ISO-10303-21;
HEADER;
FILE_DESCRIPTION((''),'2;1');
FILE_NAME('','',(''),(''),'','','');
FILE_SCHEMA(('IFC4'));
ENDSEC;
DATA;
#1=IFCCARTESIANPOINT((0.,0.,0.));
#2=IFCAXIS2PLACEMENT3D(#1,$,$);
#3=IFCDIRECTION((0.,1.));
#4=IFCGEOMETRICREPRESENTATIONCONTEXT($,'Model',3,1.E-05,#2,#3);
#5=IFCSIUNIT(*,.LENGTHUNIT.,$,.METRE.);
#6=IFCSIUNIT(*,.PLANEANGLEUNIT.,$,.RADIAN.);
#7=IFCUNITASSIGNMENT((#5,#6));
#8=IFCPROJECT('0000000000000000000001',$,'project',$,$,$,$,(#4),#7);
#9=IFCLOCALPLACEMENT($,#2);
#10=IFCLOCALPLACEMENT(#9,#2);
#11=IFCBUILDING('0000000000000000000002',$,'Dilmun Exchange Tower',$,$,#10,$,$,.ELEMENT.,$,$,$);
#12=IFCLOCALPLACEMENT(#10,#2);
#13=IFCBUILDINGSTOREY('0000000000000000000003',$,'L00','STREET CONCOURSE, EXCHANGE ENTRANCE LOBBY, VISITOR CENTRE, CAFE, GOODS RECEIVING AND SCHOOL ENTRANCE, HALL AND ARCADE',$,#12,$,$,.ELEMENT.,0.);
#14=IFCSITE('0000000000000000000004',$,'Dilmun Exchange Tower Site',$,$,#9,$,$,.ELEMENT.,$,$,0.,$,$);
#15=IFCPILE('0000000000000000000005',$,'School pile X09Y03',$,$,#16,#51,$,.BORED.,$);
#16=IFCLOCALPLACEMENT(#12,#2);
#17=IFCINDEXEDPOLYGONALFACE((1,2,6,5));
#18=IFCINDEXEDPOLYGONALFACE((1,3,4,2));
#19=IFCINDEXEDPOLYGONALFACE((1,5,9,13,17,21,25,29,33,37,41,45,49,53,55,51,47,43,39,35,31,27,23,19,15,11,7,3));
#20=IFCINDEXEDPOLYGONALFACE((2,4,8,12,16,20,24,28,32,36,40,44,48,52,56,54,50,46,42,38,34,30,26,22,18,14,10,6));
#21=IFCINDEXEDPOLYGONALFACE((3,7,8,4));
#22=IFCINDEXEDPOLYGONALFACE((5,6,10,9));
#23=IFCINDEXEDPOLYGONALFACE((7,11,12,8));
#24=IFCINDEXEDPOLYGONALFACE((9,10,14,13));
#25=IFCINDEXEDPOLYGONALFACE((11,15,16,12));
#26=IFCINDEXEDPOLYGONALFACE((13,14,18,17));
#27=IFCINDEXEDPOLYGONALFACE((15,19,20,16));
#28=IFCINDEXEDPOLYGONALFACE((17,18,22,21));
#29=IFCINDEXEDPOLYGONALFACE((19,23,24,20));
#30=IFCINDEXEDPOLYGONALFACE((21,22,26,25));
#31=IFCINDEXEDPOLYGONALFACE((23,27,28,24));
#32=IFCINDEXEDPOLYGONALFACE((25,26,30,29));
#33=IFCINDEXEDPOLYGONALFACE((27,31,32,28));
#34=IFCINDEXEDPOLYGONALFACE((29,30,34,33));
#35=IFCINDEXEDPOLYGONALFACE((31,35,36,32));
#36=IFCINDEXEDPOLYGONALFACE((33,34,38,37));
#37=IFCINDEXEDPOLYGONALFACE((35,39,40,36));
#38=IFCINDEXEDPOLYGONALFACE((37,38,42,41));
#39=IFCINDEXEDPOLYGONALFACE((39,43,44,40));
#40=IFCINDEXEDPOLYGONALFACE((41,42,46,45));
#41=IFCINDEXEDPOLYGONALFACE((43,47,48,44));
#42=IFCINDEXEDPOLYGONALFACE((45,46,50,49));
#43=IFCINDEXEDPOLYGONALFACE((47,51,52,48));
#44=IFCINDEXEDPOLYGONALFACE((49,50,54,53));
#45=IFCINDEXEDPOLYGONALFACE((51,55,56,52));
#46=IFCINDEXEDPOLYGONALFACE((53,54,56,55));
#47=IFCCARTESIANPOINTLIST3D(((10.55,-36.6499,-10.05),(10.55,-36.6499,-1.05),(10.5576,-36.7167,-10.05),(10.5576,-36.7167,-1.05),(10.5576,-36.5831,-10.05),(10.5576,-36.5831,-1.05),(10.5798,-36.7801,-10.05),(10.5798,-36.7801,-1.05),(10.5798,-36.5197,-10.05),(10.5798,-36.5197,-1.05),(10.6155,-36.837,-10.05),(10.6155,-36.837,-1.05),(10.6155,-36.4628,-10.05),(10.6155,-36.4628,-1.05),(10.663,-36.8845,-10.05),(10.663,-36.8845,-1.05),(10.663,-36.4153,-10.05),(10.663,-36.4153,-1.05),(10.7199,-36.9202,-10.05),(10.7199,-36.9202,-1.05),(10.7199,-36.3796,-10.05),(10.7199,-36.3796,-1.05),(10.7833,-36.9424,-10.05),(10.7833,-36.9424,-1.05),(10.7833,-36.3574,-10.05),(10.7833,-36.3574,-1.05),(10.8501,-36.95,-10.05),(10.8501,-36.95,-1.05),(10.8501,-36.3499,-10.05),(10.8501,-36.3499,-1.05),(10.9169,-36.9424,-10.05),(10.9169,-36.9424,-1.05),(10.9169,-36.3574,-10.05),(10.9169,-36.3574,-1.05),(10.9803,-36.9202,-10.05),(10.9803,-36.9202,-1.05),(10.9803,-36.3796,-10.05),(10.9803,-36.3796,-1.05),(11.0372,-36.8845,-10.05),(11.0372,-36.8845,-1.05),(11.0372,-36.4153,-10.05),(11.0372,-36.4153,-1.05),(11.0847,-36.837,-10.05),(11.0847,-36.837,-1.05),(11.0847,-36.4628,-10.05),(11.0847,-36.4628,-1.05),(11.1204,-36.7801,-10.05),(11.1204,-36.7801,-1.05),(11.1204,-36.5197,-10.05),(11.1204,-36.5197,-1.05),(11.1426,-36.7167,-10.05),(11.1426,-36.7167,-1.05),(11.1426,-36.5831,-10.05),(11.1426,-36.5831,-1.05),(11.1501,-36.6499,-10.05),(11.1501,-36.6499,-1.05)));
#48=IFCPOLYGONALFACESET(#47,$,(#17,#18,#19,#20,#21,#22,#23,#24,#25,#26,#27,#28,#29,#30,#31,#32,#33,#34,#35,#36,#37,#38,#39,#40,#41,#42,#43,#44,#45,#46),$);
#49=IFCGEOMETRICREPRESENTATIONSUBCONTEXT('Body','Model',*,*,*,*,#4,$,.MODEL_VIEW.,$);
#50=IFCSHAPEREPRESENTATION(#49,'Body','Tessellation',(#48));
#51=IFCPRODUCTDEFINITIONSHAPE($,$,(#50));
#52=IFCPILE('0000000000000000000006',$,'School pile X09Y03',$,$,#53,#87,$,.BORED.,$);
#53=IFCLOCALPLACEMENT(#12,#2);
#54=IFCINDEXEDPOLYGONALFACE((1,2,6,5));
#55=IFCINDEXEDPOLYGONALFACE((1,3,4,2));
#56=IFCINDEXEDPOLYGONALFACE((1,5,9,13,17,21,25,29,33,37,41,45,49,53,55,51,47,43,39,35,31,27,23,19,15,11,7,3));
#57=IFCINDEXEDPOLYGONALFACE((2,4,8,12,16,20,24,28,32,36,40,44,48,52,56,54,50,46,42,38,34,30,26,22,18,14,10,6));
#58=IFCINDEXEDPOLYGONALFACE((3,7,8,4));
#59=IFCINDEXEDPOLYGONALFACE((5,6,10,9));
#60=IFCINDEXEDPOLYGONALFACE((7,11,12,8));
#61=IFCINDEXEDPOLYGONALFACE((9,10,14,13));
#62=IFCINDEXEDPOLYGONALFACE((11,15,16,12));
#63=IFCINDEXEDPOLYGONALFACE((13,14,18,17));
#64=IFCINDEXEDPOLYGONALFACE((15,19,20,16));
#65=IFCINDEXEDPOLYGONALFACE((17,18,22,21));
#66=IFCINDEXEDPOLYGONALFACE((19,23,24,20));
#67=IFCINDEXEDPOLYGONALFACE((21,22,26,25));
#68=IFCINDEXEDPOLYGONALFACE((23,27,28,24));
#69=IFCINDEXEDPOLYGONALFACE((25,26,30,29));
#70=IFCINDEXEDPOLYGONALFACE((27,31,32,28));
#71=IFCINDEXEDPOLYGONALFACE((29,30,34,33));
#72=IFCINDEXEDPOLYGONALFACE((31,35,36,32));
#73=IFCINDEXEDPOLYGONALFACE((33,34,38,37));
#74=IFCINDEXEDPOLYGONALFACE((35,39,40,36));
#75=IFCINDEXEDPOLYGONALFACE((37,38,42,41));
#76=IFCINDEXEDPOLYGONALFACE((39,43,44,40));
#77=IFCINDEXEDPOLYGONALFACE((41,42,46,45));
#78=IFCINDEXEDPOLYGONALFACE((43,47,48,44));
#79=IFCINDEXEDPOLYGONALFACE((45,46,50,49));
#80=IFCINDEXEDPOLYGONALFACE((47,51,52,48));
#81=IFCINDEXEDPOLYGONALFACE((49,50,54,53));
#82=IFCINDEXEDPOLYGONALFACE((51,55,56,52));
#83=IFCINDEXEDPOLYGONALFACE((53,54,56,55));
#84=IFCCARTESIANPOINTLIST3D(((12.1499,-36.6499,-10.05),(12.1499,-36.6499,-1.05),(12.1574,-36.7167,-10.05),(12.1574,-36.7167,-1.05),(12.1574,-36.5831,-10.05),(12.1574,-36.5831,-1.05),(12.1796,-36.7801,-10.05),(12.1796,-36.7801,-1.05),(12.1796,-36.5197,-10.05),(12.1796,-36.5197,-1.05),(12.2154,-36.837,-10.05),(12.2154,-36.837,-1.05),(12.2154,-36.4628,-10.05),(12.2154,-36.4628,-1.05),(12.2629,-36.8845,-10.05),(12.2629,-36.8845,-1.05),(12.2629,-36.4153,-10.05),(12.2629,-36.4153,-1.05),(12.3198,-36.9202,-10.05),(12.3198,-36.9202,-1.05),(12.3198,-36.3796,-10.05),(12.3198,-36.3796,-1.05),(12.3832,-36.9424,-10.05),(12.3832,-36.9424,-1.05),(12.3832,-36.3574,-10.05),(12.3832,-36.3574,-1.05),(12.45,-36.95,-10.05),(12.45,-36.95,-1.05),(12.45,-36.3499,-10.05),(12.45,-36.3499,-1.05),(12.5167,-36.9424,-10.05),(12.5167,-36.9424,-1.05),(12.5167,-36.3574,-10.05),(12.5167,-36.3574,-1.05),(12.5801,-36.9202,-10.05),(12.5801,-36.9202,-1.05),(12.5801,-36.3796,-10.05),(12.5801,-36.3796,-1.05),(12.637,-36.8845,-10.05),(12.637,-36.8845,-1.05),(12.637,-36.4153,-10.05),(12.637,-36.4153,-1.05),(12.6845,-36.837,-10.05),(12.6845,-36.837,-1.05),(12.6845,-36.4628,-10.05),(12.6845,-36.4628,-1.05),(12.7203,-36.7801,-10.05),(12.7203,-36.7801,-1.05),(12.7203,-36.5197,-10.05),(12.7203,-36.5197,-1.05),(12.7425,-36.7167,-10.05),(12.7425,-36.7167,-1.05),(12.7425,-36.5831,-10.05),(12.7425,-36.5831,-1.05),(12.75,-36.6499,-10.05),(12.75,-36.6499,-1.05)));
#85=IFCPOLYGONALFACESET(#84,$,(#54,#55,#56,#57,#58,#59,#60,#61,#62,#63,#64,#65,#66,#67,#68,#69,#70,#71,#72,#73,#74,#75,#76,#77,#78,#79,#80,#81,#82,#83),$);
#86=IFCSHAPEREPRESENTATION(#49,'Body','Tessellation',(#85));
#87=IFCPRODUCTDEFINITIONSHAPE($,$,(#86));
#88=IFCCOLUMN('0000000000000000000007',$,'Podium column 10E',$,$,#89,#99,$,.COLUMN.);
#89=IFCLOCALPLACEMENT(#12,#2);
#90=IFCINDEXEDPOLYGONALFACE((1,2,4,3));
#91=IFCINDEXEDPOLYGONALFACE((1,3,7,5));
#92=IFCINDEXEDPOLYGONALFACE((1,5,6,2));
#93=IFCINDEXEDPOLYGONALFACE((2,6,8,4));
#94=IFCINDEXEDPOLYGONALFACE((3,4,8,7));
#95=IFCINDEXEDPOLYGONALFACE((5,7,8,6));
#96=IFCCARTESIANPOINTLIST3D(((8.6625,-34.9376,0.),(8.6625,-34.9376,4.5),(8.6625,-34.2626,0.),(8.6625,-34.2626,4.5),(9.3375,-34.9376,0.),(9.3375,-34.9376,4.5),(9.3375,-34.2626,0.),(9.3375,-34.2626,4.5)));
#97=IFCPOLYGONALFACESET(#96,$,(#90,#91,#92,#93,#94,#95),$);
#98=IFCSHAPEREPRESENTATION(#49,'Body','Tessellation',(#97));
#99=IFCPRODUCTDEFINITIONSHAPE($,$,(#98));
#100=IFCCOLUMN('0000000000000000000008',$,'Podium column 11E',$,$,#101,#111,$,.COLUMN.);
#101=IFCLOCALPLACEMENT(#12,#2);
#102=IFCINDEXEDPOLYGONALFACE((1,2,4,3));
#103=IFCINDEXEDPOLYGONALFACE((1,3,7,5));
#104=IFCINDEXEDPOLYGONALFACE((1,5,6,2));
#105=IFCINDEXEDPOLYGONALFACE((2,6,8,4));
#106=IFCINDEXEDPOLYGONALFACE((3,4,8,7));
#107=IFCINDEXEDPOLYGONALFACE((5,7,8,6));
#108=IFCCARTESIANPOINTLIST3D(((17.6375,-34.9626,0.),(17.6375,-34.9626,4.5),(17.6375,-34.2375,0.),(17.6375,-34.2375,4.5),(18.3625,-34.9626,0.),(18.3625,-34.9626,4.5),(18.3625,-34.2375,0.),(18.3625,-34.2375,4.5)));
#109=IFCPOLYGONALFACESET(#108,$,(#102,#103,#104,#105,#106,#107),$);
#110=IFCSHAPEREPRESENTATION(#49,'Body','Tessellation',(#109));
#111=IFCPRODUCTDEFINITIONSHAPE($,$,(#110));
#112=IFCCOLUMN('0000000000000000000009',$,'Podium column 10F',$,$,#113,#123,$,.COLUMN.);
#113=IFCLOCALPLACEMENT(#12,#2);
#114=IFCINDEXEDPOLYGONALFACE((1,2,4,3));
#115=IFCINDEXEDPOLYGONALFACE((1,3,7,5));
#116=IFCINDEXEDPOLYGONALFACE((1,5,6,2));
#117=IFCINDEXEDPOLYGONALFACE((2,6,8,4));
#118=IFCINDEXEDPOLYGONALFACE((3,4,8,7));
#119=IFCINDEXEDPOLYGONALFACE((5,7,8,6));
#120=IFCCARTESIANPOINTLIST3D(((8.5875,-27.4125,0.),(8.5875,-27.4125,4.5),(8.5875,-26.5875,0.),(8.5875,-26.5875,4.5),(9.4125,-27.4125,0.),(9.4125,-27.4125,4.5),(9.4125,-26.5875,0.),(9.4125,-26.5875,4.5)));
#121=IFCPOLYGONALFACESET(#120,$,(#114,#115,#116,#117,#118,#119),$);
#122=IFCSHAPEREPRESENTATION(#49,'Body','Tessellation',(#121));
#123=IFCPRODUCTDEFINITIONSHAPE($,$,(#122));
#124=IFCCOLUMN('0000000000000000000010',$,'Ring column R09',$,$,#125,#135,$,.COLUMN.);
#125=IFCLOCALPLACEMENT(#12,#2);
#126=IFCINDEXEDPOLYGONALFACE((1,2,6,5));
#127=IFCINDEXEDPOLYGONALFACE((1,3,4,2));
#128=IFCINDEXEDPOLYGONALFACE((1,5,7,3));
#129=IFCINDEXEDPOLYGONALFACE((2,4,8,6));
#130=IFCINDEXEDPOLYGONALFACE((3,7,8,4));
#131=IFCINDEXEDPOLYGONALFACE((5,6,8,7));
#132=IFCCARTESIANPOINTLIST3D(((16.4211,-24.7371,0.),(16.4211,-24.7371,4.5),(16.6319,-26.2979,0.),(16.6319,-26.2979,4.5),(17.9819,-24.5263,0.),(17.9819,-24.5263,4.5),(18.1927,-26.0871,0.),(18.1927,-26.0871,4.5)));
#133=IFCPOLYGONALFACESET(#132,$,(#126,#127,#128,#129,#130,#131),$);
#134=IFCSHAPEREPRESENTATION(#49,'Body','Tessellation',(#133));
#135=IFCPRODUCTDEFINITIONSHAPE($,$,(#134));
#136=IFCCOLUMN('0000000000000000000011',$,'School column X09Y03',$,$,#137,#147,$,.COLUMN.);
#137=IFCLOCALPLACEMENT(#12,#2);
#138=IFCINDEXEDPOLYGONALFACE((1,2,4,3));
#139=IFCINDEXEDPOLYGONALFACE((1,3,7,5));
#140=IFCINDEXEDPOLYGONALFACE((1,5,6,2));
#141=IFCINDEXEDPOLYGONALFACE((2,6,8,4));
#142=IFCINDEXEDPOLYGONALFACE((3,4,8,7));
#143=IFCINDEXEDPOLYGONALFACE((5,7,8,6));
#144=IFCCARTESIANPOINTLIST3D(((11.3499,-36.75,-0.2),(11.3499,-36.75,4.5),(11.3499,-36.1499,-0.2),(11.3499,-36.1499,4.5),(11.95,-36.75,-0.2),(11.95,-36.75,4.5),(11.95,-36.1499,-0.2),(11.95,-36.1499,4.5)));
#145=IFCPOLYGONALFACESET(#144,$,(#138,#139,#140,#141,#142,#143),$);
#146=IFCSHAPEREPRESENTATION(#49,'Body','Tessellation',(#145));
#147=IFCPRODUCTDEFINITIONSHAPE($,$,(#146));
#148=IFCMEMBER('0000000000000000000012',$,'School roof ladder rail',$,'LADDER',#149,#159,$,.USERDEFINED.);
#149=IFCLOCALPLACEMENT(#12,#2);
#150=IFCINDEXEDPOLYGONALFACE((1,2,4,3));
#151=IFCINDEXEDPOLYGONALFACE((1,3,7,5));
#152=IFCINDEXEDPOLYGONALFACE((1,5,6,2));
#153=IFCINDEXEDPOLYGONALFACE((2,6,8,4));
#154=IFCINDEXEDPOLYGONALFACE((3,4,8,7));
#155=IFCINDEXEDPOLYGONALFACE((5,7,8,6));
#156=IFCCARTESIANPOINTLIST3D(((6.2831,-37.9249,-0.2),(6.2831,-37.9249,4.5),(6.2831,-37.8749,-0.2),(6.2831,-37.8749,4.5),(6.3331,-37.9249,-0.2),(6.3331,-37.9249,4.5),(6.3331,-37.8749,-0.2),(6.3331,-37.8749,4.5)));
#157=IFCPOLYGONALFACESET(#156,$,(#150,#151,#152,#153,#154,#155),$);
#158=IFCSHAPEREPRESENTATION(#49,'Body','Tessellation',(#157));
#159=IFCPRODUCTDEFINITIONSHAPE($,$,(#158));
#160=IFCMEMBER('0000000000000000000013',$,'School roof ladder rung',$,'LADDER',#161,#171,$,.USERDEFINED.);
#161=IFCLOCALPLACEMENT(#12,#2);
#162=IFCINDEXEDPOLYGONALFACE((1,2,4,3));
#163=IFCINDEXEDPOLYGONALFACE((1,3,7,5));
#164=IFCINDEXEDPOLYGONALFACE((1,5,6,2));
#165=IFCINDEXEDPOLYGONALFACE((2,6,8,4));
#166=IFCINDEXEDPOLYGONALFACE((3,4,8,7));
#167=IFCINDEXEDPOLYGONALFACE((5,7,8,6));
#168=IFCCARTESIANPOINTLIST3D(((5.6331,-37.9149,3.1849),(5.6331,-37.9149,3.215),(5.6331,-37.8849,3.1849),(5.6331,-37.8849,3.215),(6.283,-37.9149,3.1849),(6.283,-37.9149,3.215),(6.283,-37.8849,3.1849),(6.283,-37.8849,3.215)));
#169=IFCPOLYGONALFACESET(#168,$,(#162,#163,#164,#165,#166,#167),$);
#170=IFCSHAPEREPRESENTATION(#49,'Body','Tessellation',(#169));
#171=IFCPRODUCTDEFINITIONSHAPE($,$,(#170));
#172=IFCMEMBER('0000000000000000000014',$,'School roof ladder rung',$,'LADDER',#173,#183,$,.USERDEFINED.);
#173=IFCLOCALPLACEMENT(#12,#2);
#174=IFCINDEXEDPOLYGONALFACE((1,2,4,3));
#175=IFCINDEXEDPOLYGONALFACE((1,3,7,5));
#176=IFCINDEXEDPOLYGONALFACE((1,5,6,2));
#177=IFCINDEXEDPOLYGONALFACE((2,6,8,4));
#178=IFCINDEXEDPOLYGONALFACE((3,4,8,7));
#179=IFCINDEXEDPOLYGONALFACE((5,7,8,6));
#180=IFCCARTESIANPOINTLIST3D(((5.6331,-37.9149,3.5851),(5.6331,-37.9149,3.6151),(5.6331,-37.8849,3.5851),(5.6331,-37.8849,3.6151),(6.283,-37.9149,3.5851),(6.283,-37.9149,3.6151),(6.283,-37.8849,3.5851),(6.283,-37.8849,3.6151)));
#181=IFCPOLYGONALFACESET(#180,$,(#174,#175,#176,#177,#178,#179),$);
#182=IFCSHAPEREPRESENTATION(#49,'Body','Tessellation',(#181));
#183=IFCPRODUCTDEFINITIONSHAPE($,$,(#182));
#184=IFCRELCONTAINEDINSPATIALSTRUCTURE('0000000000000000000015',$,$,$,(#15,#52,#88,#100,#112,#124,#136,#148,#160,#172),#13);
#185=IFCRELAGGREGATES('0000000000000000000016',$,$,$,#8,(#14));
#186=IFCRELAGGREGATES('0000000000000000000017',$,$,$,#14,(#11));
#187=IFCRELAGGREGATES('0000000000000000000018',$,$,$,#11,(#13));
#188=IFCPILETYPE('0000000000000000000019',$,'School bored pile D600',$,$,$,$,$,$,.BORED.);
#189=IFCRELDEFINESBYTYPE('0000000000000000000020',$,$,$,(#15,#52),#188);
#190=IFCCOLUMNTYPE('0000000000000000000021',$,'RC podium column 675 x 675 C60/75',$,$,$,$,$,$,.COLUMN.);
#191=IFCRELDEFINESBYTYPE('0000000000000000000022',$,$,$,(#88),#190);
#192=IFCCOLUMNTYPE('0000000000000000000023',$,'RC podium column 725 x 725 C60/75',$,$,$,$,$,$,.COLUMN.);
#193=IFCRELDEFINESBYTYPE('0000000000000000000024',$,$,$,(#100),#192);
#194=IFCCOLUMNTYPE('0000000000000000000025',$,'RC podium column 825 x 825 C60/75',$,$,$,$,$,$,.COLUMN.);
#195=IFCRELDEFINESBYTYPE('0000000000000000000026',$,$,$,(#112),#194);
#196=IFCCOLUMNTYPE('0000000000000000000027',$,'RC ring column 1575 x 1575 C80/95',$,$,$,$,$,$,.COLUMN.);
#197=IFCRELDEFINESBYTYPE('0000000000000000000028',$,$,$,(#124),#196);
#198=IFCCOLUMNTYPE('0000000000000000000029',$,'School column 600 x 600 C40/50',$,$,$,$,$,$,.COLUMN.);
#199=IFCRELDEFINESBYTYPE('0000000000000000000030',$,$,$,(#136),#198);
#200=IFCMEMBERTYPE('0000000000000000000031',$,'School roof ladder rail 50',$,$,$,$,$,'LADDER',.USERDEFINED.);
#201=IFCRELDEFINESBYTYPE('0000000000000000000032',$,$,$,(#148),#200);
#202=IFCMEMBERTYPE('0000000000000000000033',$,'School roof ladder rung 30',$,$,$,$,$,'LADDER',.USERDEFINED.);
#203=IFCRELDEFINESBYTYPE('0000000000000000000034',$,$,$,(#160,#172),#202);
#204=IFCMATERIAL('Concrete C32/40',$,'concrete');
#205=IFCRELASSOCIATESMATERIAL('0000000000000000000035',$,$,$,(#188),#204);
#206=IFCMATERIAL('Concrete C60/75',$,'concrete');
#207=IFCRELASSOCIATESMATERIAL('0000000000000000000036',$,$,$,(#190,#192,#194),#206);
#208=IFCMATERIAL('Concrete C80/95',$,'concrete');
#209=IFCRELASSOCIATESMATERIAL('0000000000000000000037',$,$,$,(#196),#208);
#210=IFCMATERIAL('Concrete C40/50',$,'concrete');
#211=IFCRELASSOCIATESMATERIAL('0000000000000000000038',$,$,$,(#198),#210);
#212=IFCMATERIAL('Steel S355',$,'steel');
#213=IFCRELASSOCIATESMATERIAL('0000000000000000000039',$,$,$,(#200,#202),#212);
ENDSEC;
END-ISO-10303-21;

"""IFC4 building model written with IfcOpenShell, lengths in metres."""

from ifc_helpers import new_model, si_unit, direction, frame, origin, origin_2d, place, context, subcontext, project, spatial, rectangle, circle, extrude, material, material_profile, profile_set, type_object, element, save


model = new_model("IFC4")

# Units and contexts
model_context = context("Model", 3, precision=1e-05, world=origin(), true_north=direction((0.0, 1.0)))
body_context = subcontext(model_context, "Body", "Model", "MODEL_VIEW")
ifc_project = project(units=[si_unit("LENGTHUNIT", "METRE"), si_unit("PLANEANGLEUNIT", "RADIAN")], contexts=[model_context])

# Site, building, storey
site_placement = place(None, origin())
site = spatial("IfcSite", under=ifc_project, at=site_placement, Name="Dilmun Exchange Tower Site", CompositionType="ELEMENT", RefElevation=0.0)
building_placement = place(site_placement, origin())
building = spatial("IfcBuilding", under=site, at=building_placement, Name="Dilmun Exchange Tower", CompositionType="ELEMENT")
storey_placement = place(building_placement, origin())
storey = spatial("IfcBuildingStorey", under=building, at=storey_placement, Name="L00", Description="STREET CONCOURSE, EXCHANGE ENTRANCE LOBBY, VISITOR CENTRE, CAFE, GOODS RECEIVING AND SCHOOL ENTRANCE, HALL AND ARCADE", CompositionType="ELEMENT", Elevation=0.0)

# Piles
ifc_material_1 = material(Name="Concrete C32/40", Category="concrete")
ifc_material_profile_1 = material_profile(ifc_material_1, circle(Radius=0.3, at=origin_2d()), Name="D600")
ifc_profile_set_1 = profile_set([ifc_material_profile_1], Name="Concrete C32/40")
pile_type = type_object("IfcPileType", Name="School bored pile D600", PredefinedType="BORED", material=ifc_profile_set_1)
for number, where, z_axis, x_axis, name in (
    (1, (10.8501, -36.6499, -1.05), (0.0, 0.0, -1.0), (1.0, 0.0, 0.0), "School pile X09Y03"),
    (2, (12.45, -36.6499, -1.05), (0.0, 0.0, -1.0), (1.0, 0.0, 0.0), "School pile X09Y03"),
):
    element("IfcPile", number, at=place(storey_placement, frame(where, z_axis=z_axis, x_axis=x_axis)), inside=storey, type_object=pile_type, Name=name, PredefinedType="BORED", context=body_context, shape_type="SweptSolid", body=[
        extrude(circle(Radius=0.3, at=origin_2d()), origin(), (0.0, 0.0, 1.0), 9.0),
    ])

# Columns
ifc_material_2 = material(Name="Concrete C60/75", Category="concrete")
ifc_material_profile_2 = material_profile(ifc_material_2, rectangle(XDim=0.675, YDim=0.675, at=origin_2d()), Name="675 x 675")
ifc_profile_set_2 = profile_set([ifc_material_profile_2], Name="Concrete C60/75")
column_type_1 = type_object("IfcColumnType", Name="RC podium column 675 x 675 C60/75", PredefinedType="COLUMN", material=ifc_profile_set_2)
column_1_placement = place(storey_placement, frame((9.0, -34.6001, 0.0), z_axis=(0.0, 0.0, 1.0), x_axis=(1.0, 0.0, 0.0)))
element("IfcColumn", 3, at=column_1_placement, inside=storey, type_object=column_type_1, Name="Podium column 10E", PredefinedType="COLUMN", context=body_context, shape_type="SweptSolid", body=[
    extrude(rectangle(XDim=0.675, YDim=0.675, at=origin_2d()), origin(), (0.0, 0.0, 1.0), 4.5),
])
ifc_material_profile_3 = material_profile(ifc_material_2, rectangle(XDim=0.7251, YDim=0.7251, at=origin_2d()), Name="725 x 725")
ifc_profile_set_3 = profile_set([ifc_material_profile_3], Name="Concrete C60/75")
column_type_2 = type_object("IfcColumnType", Name="RC podium column 725 x 725 C60/75", PredefinedType="COLUMN", material=ifc_profile_set_3)
column_2_placement = place(storey_placement, frame((18.0, -34.6001, 0.0), z_axis=(0.0, 0.0, 1.0), x_axis=(1.0, 0.0, 0.0)))
element("IfcColumn", 4, at=column_2_placement, inside=storey, type_object=column_type_2, Name="Podium column 11E", PredefinedType="COLUMN", context=body_context, shape_type="SweptSolid", body=[
    extrude(rectangle(XDim=0.7251, YDim=0.7251, at=origin_2d()), origin(), (0.0, 0.0, 1.0), 4.5),
])
ifc_material_profile_4 = material_profile(ifc_material_2, rectangle(XDim=0.825, YDim=0.825, at=origin_2d()), Name="825 x 825")
ifc_profile_set_4 = profile_set([ifc_material_profile_4], Name="Concrete C60/75")
column_type_3 = type_object("IfcColumnType", Name="RC podium column 825 x 825 C60/75", PredefinedType="COLUMN", material=ifc_profile_set_4)
column_3_placement = place(storey_placement, frame((9.0, -27.0, 0.0), z_axis=(0.0, 0.0, 1.0), x_axis=(1.0, 0.0, 0.0)))
element("IfcColumn", 5, at=column_3_placement, inside=storey, type_object=column_type_3, Name="Podium column 10F", PredefinedType="COLUMN", context=body_context, shape_type="SweptSolid", body=[
    extrude(rectangle(XDim=0.825, YDim=0.825, at=origin_2d()), origin(), (0.0, 0.0, 1.0), 4.5),
])
ifc_material_3 = material(Name="Concrete C80/95", Category="concrete")
ifc_material_profile_5 = material_profile(ifc_material_3, rectangle(XDim=1.575, YDim=1.575, at=origin_2d()), Name="1575 x 1575")
ifc_profile_set_5 = profile_set([ifc_material_profile_5], Name="Concrete C80/95")
column_type_4 = type_object("IfcColumnType", Name="RC ring column 1575 x 1575 C80/95", PredefinedType="COLUMN", material=ifc_profile_set_5)
column_4_placement = place(storey_placement, frame((17.3069, -25.4121, 0.0), z_axis=(0.0, 0.0, 1.0), x_axis=(0.991001, 0.133853, 0.0)))
element("IfcColumn", 6, at=column_4_placement, inside=storey, type_object=column_type_4, Name="Ring column R09", PredefinedType="COLUMN", context=body_context, shape_type="SweptSolid", body=[
    extrude(rectangle(XDim=1.575, YDim=1.575, at=origin_2d()), origin(), (0.0, 0.0, 1.0), 4.5),
])
ifc_material_4 = material(Name="Concrete C40/50", Category="concrete")
ifc_material_profile_6 = material_profile(ifc_material_4, rectangle(XDim=0.6001, YDim=0.6001, at=origin_2d()), Name="600 x 600")
ifc_profile_set_6 = profile_set([ifc_material_profile_6], Name="Concrete C40/50")
column_type_5 = type_object("IfcColumnType", Name="School column 600 x 600 C40/50", PredefinedType="COLUMN", material=ifc_profile_set_6)
column_5_placement = place(storey_placement, frame((11.6499, -36.45, -0.2), z_axis=(0.0, 0.0, 1.0), x_axis=(1.0, 0.0, 0.0)))
element("IfcColumn", 7, at=column_5_placement, inside=storey, type_object=column_type_5, Name="School column X09Y03", PredefinedType="COLUMN", context=body_context, shape_type="SweptSolid", body=[
    extrude(rectangle(XDim=0.6001, YDim=0.6001, at=origin_2d()), origin(), (0.0, 0.0, 1.0), 4.7),
])

# Members
ifc_material_5 = material(Name="Steel S355", Category="steel")
ifc_material_profile_7 = material_profile(ifc_material_5, rectangle(XDim=0.05, YDim=0.05, at=origin_2d()), Name="50 x 50")
ifc_profile_set_7 = profile_set([ifc_material_profile_7], Name="Steel S355")
member_type_1 = type_object("IfcMemberType", Name="School roof ladder rail 50", ElementType="LADDER", PredefinedType="USERDEFINED", material=ifc_profile_set_7)
member_placement = place(storey_placement, frame((6.3081, -37.8999, -0.2), z_axis=(0.0, 0.0, 1.0), x_axis=(1.0, 0.0, 0.0)))
element("IfcMember", 8, at=member_placement, inside=storey, type_object=member_type_1, Name="School roof ladder rail", ObjectType="LADDER", PredefinedType="USERDEFINED", context=body_context, shape_type="SweptSolid", body=[
    extrude(rectangle(XDim=0.05, YDim=0.05, at=origin_2d()), origin(), (0.0, 0.0, 1.0), 4.7),
])
ifc_material_profile_8 = material_profile(ifc_material_5, rectangle(XDim=0.03, YDim=0.03, at=origin_2d()), Name="30 x 30")
ifc_profile_set_8 = profile_set([ifc_material_profile_8], Name="Steel S355")
member_type_2 = type_object("IfcMemberType", Name="School roof ladder rung 30", ElementType="LADDER", PredefinedType="USERDEFINED", material=ifc_profile_set_8)
for number, where, z_axis, x_axis, name in (
    (9, (5.6331, -37.8999, 3.2), (1.0, 0.0, 0.0), (0.0, 1.0, 0.0), "School roof ladder rung"),
    (10, (5.6331, -37.8999, 3.6001), (1.0, 0.0, 0.0), (0.0, 1.0, 0.0), "School roof ladder rung"),
):
    element("IfcMember", number, at=place(storey_placement, frame(where, z_axis=z_axis, x_axis=x_axis)), inside=storey, type_object=member_type_2, Name=name, ObjectType="LADDER", PredefinedType="USERDEFINED", context=body_context, shape_type="SweptSolid", body=[
        extrude(rectangle(XDim=0.03, YDim=0.03, at=origin_2d()), origin(), (0.0, 0.0, 1.0), 0.6499),
    ])

save(model, "model.ifc")
